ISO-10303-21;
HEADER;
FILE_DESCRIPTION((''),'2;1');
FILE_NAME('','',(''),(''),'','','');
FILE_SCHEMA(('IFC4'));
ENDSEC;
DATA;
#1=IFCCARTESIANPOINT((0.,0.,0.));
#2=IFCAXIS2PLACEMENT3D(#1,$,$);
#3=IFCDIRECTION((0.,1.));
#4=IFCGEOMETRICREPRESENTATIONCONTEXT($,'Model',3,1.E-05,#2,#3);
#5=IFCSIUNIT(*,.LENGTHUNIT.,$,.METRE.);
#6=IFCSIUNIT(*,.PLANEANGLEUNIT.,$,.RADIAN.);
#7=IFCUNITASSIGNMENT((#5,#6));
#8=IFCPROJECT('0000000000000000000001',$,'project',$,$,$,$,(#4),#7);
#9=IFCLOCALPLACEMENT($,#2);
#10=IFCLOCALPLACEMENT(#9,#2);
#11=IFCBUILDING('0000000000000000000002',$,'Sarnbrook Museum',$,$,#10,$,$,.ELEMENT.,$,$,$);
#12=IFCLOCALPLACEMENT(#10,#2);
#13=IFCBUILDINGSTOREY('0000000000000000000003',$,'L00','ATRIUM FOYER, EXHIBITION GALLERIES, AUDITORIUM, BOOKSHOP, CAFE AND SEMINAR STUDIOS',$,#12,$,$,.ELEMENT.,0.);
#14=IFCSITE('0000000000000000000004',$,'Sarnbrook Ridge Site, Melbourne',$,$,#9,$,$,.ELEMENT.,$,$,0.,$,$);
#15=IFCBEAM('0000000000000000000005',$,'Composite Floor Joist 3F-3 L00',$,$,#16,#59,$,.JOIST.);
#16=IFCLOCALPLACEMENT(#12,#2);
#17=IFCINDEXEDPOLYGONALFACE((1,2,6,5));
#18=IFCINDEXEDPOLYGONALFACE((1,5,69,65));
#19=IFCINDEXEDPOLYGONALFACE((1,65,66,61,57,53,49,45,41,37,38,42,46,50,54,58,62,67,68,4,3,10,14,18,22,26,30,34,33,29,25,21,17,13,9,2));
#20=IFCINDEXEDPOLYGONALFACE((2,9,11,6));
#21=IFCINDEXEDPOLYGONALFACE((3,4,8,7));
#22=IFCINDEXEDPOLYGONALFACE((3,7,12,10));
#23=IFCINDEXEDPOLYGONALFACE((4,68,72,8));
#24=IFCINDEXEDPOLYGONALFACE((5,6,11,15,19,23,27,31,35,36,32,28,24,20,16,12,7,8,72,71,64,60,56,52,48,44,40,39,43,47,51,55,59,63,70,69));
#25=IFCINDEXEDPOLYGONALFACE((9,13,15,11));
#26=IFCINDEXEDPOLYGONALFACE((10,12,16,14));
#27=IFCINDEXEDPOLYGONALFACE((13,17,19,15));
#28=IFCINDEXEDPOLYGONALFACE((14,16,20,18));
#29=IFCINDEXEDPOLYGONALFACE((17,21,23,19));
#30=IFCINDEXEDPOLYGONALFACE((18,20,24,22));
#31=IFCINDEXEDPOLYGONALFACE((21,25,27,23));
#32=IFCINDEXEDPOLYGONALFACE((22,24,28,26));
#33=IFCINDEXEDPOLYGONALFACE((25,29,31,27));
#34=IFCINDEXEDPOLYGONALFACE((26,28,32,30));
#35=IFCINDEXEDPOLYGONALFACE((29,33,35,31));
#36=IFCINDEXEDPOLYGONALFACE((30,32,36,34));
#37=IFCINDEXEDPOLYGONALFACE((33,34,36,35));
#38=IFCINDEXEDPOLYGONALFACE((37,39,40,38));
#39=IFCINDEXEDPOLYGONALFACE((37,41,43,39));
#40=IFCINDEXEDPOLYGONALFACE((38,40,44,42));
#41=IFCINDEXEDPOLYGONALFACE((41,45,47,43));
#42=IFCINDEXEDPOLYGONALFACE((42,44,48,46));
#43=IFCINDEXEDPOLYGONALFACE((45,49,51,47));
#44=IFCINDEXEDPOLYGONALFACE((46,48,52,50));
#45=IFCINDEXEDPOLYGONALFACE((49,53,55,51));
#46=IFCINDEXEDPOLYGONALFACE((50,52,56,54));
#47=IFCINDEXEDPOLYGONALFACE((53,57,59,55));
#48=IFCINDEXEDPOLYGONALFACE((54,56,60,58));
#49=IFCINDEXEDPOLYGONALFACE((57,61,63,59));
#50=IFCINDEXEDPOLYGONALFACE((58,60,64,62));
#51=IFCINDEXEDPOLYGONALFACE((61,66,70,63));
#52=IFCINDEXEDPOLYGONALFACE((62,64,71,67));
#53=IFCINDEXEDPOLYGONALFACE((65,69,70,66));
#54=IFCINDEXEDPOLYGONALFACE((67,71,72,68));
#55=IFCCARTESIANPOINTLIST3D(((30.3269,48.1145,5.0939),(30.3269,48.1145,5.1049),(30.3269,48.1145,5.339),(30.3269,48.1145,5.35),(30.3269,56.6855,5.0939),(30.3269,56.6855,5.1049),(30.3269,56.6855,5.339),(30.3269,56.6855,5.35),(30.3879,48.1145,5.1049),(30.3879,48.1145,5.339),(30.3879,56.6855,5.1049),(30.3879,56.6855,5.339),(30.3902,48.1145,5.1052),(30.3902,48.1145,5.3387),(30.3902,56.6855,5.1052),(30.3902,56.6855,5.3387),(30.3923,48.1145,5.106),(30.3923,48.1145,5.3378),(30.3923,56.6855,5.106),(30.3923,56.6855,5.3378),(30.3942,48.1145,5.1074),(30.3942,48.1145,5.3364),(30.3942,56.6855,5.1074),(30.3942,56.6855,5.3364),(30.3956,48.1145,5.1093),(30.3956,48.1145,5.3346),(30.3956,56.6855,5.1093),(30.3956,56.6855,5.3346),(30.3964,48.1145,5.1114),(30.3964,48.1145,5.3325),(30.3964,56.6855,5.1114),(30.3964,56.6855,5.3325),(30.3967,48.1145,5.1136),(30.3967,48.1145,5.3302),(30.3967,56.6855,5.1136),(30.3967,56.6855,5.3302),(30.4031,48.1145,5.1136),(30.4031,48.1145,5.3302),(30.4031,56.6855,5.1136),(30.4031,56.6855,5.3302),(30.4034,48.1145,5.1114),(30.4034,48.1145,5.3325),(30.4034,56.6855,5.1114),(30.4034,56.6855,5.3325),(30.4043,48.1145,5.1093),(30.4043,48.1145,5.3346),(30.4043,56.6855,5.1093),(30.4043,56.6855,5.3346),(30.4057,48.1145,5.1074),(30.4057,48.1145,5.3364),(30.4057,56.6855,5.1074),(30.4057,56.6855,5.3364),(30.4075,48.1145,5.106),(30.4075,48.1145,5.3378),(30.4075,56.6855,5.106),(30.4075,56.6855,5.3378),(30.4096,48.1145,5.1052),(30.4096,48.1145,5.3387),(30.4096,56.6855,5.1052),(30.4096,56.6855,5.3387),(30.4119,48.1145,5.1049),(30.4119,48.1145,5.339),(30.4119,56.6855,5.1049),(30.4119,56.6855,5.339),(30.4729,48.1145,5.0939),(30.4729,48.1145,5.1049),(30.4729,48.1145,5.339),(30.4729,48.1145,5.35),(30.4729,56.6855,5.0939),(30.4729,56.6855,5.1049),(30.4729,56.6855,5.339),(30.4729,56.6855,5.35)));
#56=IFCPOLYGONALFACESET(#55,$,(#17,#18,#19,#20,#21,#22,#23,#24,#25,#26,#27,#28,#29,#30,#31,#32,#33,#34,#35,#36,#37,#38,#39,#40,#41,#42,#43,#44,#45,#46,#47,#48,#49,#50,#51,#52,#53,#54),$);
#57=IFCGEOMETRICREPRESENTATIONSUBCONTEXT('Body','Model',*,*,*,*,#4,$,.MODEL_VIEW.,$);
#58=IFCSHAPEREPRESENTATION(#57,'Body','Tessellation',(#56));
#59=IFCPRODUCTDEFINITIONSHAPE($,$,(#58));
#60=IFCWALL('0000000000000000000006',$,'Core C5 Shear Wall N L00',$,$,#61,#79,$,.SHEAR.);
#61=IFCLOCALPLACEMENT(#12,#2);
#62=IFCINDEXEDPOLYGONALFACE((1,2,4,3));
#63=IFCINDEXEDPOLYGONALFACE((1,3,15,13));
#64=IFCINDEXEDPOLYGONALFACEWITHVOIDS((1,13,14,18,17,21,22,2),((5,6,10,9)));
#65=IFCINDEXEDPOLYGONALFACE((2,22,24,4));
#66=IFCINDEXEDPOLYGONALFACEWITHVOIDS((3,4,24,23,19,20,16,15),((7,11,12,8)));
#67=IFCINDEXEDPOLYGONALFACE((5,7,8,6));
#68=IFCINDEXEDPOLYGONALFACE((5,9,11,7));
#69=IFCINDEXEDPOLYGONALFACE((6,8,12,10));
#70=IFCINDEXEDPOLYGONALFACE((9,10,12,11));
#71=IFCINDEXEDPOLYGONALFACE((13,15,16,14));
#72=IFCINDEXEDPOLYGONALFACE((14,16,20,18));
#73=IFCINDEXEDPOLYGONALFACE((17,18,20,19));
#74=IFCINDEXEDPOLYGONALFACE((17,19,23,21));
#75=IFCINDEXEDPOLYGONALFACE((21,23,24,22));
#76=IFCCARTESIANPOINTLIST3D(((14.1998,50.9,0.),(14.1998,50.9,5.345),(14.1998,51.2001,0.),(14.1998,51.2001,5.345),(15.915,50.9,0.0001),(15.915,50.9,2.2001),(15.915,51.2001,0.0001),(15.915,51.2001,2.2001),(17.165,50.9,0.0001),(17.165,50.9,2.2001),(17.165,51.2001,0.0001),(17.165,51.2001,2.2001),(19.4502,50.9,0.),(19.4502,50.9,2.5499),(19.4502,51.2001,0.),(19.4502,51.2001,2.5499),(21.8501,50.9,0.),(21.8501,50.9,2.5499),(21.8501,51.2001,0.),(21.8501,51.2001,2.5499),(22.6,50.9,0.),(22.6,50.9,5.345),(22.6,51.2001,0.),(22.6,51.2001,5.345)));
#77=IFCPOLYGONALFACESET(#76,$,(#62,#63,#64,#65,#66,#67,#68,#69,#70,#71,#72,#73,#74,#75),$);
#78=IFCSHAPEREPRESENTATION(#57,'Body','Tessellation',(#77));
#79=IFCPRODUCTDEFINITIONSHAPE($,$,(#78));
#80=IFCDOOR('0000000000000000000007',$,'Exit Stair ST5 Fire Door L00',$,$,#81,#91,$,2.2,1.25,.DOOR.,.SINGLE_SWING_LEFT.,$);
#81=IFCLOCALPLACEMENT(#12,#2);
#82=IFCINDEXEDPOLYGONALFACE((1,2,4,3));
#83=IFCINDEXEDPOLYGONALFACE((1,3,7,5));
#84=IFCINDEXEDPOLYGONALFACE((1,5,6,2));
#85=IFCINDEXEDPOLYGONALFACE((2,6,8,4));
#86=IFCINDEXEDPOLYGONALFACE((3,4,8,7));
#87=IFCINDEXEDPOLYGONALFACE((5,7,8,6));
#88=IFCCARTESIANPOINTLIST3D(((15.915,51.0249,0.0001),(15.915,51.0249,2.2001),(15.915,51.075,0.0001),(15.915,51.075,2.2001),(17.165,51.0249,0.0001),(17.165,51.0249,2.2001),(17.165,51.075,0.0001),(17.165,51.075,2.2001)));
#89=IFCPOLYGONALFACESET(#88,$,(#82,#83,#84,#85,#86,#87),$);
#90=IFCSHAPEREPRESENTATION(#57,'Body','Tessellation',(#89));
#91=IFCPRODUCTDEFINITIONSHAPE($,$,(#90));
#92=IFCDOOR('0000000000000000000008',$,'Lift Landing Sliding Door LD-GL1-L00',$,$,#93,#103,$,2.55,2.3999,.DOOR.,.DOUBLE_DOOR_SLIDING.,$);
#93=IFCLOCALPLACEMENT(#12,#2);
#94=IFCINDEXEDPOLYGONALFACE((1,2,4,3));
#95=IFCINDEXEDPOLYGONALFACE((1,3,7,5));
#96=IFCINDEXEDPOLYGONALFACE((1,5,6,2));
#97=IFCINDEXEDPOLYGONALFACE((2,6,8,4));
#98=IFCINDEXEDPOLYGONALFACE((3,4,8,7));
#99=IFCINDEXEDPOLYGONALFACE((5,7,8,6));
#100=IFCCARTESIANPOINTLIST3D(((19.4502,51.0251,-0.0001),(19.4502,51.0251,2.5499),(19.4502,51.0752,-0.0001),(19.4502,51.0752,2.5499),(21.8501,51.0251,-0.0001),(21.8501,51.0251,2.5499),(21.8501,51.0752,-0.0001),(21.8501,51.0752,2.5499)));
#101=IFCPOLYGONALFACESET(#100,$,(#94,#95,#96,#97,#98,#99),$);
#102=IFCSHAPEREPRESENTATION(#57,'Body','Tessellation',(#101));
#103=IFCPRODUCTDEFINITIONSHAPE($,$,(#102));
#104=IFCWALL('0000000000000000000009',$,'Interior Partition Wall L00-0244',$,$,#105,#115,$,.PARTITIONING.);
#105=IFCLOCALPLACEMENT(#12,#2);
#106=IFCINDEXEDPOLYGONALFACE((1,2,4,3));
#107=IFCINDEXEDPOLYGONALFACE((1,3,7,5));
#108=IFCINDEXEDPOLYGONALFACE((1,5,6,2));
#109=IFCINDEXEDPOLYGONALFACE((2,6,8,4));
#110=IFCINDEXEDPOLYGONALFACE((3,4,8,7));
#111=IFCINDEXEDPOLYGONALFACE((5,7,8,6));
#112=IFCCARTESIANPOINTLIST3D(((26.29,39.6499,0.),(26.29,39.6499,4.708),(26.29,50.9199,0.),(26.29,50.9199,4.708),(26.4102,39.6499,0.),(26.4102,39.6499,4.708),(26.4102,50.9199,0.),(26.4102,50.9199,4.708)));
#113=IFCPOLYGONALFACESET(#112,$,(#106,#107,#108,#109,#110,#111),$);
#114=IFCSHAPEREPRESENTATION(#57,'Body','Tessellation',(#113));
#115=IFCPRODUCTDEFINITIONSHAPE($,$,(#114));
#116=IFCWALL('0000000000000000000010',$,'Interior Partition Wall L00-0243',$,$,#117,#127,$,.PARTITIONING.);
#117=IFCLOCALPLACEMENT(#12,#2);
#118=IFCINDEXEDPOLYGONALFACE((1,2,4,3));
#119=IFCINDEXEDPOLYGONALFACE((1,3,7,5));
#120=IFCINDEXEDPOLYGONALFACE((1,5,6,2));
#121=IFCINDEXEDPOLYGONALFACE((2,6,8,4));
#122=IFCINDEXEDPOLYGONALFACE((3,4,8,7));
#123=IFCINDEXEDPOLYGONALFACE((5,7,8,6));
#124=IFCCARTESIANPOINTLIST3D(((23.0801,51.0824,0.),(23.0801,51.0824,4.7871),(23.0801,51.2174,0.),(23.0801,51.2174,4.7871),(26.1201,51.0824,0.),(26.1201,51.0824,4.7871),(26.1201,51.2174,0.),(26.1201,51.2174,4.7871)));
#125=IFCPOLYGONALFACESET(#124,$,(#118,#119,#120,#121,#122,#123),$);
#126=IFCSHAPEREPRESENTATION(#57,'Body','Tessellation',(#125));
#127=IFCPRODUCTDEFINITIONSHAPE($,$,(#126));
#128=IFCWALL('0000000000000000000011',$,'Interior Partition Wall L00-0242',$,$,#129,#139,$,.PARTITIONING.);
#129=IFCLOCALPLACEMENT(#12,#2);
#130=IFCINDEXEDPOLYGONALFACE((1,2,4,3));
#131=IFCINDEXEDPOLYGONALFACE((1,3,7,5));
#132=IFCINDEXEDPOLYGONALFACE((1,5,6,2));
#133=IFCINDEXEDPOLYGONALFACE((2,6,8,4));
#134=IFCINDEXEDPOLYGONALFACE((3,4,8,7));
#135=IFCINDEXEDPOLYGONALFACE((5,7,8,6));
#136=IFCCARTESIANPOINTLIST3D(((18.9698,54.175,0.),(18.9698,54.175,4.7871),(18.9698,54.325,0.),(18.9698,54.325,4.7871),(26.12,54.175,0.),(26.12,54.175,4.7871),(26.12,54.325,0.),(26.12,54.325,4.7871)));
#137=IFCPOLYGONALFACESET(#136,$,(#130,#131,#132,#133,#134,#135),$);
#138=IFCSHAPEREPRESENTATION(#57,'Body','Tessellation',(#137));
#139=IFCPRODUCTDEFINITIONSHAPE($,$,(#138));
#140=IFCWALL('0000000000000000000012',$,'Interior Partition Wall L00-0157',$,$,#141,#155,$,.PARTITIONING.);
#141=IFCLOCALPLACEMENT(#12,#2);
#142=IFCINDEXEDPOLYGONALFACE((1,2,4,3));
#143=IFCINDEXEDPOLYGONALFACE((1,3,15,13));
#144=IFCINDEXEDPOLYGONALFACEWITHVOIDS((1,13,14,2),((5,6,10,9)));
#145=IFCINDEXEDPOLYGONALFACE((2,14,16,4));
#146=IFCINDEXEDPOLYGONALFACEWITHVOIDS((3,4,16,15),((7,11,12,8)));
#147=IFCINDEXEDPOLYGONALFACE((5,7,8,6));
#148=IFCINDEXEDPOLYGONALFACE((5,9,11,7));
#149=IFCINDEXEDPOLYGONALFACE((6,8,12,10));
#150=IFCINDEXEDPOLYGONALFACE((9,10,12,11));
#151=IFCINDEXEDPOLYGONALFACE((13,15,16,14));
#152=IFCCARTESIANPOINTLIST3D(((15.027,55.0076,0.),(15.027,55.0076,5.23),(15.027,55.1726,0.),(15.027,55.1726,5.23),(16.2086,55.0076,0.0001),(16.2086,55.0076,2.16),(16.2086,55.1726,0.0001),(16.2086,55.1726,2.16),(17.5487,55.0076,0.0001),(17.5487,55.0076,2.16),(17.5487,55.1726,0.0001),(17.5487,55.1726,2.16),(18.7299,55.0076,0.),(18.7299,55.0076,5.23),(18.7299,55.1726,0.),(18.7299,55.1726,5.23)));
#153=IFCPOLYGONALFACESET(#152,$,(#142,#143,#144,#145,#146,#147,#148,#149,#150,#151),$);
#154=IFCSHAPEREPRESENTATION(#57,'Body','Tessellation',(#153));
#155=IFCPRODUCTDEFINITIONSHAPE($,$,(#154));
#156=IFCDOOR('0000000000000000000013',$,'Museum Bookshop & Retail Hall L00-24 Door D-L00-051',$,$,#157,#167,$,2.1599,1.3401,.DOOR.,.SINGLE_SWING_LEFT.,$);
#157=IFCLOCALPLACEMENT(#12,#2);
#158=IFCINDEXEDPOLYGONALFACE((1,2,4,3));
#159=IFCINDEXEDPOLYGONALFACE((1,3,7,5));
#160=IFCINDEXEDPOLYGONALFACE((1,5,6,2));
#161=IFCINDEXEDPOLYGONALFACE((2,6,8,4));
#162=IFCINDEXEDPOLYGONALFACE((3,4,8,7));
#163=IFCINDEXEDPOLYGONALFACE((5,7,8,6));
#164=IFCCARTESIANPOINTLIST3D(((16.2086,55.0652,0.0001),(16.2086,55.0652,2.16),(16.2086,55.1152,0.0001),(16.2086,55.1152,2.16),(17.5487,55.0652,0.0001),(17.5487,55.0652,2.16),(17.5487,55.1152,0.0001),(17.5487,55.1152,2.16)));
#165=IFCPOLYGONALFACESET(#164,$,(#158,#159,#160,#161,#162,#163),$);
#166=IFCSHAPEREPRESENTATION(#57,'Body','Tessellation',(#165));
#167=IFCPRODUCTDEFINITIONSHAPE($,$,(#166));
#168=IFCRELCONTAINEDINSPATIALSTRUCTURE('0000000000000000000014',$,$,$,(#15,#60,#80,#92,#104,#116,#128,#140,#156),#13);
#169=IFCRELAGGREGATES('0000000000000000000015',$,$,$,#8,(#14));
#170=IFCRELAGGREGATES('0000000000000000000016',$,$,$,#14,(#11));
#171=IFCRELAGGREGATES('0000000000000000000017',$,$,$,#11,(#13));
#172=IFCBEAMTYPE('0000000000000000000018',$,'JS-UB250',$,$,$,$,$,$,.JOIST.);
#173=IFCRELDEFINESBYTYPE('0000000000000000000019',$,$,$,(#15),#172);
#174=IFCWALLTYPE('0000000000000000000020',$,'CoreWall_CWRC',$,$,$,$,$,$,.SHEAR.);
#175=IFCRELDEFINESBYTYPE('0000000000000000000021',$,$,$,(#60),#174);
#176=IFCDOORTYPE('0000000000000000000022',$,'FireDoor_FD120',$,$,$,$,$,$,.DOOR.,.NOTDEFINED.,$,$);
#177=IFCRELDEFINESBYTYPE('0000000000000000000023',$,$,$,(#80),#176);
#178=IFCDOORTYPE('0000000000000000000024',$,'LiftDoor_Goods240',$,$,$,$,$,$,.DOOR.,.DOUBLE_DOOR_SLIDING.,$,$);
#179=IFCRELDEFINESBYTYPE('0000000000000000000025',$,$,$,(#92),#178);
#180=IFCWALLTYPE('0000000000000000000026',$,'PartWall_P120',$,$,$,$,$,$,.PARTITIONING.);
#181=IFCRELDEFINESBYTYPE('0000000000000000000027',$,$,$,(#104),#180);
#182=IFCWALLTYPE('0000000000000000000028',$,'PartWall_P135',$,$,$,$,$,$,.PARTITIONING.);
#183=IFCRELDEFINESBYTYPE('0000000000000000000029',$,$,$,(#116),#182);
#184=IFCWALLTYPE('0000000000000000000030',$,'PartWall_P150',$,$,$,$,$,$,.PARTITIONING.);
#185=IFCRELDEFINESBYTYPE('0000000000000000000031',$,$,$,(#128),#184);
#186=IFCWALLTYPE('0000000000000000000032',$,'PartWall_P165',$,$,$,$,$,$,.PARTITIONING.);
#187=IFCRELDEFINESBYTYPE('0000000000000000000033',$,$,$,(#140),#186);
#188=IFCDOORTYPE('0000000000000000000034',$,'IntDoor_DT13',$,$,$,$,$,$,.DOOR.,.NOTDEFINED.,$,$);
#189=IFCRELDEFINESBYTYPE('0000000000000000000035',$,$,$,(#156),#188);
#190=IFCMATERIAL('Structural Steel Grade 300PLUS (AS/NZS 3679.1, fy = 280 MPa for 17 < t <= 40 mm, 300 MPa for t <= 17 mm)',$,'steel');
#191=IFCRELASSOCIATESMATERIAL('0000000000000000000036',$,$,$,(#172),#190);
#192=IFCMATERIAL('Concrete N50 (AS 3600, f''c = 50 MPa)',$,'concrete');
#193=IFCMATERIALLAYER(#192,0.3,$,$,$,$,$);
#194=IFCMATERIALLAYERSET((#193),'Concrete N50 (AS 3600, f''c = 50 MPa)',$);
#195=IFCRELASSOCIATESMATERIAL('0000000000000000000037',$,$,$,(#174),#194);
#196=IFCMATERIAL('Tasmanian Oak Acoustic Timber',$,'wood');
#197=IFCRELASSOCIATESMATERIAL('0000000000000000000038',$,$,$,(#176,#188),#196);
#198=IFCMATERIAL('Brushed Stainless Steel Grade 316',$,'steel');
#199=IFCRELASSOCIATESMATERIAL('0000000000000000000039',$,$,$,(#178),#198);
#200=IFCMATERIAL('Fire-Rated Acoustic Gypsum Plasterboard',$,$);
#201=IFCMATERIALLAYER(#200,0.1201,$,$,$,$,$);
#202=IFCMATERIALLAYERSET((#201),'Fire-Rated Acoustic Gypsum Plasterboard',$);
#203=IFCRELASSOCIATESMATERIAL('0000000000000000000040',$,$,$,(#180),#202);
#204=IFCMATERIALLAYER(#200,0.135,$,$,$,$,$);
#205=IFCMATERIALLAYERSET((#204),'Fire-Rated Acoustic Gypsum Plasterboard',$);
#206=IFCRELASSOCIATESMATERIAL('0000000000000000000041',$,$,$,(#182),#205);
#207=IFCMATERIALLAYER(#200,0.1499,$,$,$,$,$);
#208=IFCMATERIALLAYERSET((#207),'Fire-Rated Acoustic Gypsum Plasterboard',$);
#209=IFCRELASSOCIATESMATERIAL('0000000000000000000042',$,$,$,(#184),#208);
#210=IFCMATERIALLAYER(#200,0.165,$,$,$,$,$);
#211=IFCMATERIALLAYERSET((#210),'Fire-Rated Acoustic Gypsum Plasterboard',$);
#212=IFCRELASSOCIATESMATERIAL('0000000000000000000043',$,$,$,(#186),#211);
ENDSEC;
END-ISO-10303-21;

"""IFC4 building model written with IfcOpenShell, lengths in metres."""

from ifc_helpers import new_model, si_unit, direction, frame, frame_2d, origin, origin_2d, place, context, subcontext, project, spatial, rectangle, i_section, extrude, material, layer, layer_set, material_profile, profile_set, type_object, element, fill, save


model = new_model("IFC4")

# Units and contexts
model_context = context("Model", 3, precision=1e-05, world=origin(), true_north=direction((0.0, 1.0)))
body_context = subcontext(model_context, "Body", "Model", "MODEL_VIEW")
ifc_project = project(units=[si_unit("LENGTHUNIT", "METRE"), si_unit("PLANEANGLEUNIT", "RADIAN")], contexts=[model_context])

# Site, building, storey
site_placement = place(None, origin())
site = spatial("IfcSite", under=ifc_project, at=site_placement, Name="Sarnbrook Ridge Site, Melbourne", CompositionType="ELEMENT", RefElevation=0.0)
building_placement = place(site_placement, origin())
building = spatial("IfcBuilding", under=site, at=building_placement, Name="Sarnbrook Museum", CompositionType="ELEMENT")
storey_placement = place(building_placement, origin())
storey = spatial("IfcBuildingStorey", under=building, at=storey_placement, Name="L00", Description="ATRIUM FOYER, EXHIBITION GALLERIES, AUDITORIUM, BOOKSHOP, CAFE AND SEMINAR STUDIOS", CompositionType="ELEMENT", Elevation=0.0)

# Shared definitions
ifc_material_1 = material(Name="Structural Steel Grade 300PLUS (AS/NZS 3679.1, fy = 280 MPa for 17 < t <= 40 mm, 300 MPa for t <= 17 mm)", Category="steel")

# Beam
ifc_material_profile_1 = material_profile(ifc_material_1, i_section(OverallWidth=0.146, OverallDepth=0.2561, WebThickness=0.0063, FlangeThickness=0.011, FilletRadius=0.0088, at=origin_2d()), Name="250UB37.3")
ifc_profile_set_1 = profile_set([ifc_material_profile_1], Name="Structural Steel Grade 300PLUS (AS/NZS 3679.1, fy = 280 MPa for 17 < t <= 40 mm, 300 MPa for t <= 17 mm)")
beam_type_1 = type_object("IfcBeamType", Name="JS-UB250", PredefinedType="JOIST", material=ifc_profile_set_1)
for number, where, z_axis, x_axis, name in (
    (1, (30.3999, 48.1145, 5.2219), (0.0, 1.0, 0.0), (-1.0, 0.0, 0.0), "Composite Floor Joist 3F-3 L00"),
):
    element("IfcBeam", number, at=place(storey_placement, frame(where, z_axis=z_axis, x_axis=x_axis)), inside=storey, type_object=beam_type_1, Name=name, PredefinedType="JOIST", context=body_context, shape_type="SweptSolid", body=[
        extrude(i_section(OverallWidth=0.146, OverallDepth=0.2561, WebThickness=0.0063, FlangeThickness=0.011, FilletRadius=0.0088, at=origin_2d()), origin(), (0.0, 0.0, 1.0), 8.571),
    ])

# Wall, openings, doors
ifc_material_2 = material(Name="Concrete N50 (AS 3600, f'c = 50 MPa)", Category="concrete")
ifc_layer_1 = layer(ifc_material_2, 0.3)
ifc_layer_set_1 = layer_set([ifc_layer_1], Name="Concrete N50 (AS 3600, f'c = 50 MPa)")
wall_type_1 = type_object("IfcWallType", Name="CoreWall_CWRC", PredefinedType="SHEAR", material=ifc_layer_set_1)
wall_1_placement = place(storey_placement, frame((22.6001, 51.05, 0.0), z_axis=(0.0, 0.0, 1.0), x_axis=(-1.0, 0.0, 0.0)))
wall_1 = element("IfcWall", 2, at=wall_1_placement, inside=storey, type_object=wall_type_1, Name="Core C5 Shear Wall N L00", PredefinedType="SHEAR", context=body_context, shape_type="SweptSolid", body=[
    extrude(rectangle(XDim=8.4001, YDim=0.3, at=frame_2d((4.2002, 0.0))), origin(), (0.0, 0.0, 1.0), 5.345),
])
opening_1_placement = place(wall_1_placement, frame((5.4351, 0.0, 0.0)))
opening_1 = element("IfcOpeningElement", 3, at=opening_1_placement, cuts=wall_1, PredefinedType="OPENING", context=body_context, shape_type="SweptSolid", body=[
    extrude(rectangle(XDim=1.25, YDim=2.2, at=frame_2d((0.625, 1.1001))), frame((0.0, 0.1602, 0.0), z_axis=(0.0, -1.0, 0.0), x_axis=(1.0, 0.0, 0.0)), (0.0, 0.0, 1.0), 0.3201),
])
opening_2_placement = place(wall_1_placement, frame((0.75, 0.0, 0.0)))
opening_2 = element("IfcOpeningElement", 4, at=opening_2_placement, cuts=wall_1, PredefinedType="OPENING", context=body_context, shape_type="SweptSolid", body=[
    extrude(rectangle(XDim=2.3999, YDim=2.55, at=frame_2d((1.2, 1.2749))), frame((0.0, 0.1602, 0.0), z_axis=(0.0, -1.0, 0.0), x_axis=(1.0, 0.0, 0.0)), (0.0, 0.0, 1.0), 0.3201),
])
ifc_material_3 = material(Name="Tasmanian Oak Acoustic Timber", Category="wood")
door_type_1 = type_object("IfcDoorType", Name="FireDoor_FD120", OperationType="NOTDEFINED", PredefinedType="DOOR", material=ifc_material_3)
door_1_placement = place(opening_1_placement, frame((1.25, 0.0, 0.0), z_axis=(0.0, 0.0, 1.0), x_axis=(-1.0, 0.0, 0.0)))
door_1 = element("IfcDoor", 5, at=door_1_placement, inside=storey, type_object=door_type_1, Name="Exit Stair ST5 Fire Door L00", OperationType="SINGLE_SWING_LEFT", OverallHeight=2.2, OverallWidth=1.25, PredefinedType="DOOR", context=body_context, shape_type="SweptSolid", body=[
    extrude(rectangle(XDim=1.25, YDim=2.2, at=frame_2d((0.625, 1.1001))), frame((0.0, 0.0249, 0.0), z_axis=(0.0, -1.0, 0.0), x_axis=(1.0, 0.0, 0.0)), (0.0, 0.0, 1.0), 0.05),
])
fill(opening_1, door_1)
ifc_material_4 = material(Name="Brushed Stainless Steel Grade 316", Category="steel")
door_type_2 = type_object("IfcDoorType", Name="LiftDoor_Goods240", OperationType="DOUBLE_DOOR_SLIDING", PredefinedType="DOOR", material=ifc_material_4)
door_2_placement = place(opening_2_placement, origin())
door_2 = element("IfcDoor", 6, at=door_2_placement, inside=storey, type_object=door_type_2, Name="Lift Landing Sliding Door LD-GL1-L00", OperationType="DOUBLE_DOOR_SLIDING", OverallHeight=2.55, OverallWidth=2.3999, PredefinedType="DOOR", context=body_context, shape_type="SweptSolid", body=[
    extrude(rectangle(XDim=2.3999, YDim=2.55, at=frame_2d((1.2, 1.2749))), frame((0.0, 0.0249, 0.0), z_axis=(0.0, -1.0, 0.0), x_axis=(1.0, 0.0, 0.0)), (0.0, 0.0, 1.0), 0.05),
])
fill(opening_2, door_2)

# Walls
ifc_material_5 = material(Name="Fire-Rated Acoustic Gypsum Plasterboard")
ifc_layer_2 = layer(ifc_material_5, 0.1201)
ifc_layer_set_2 = layer_set([ifc_layer_2], Name="Fire-Rated Acoustic Gypsum Plasterboard")
wall_type_2 = type_object("IfcWallType", Name="PartWall_P120", PredefinedType="PARTITIONING", material=ifc_layer_set_2)
wall_2_placement = place(storey_placement, frame((26.3501, 50.9199, 0.0), z_axis=(0.0, 0.0, 1.0), x_axis=(0.0, -1.0, 0.0)))
element("IfcWall", 7, at=wall_2_placement, inside=storey, type_object=wall_type_2, Name="Interior Partition Wall L00-0244", PredefinedType="PARTITIONING", context=body_context, shape_type="SweptSolid", body=[
    extrude(rectangle(XDim=11.27, YDim=0.1201, at=frame_2d((5.635, 0.0))), origin(), (0.0, 0.0, 1.0), 4.708),
])
ifc_layer_3 = layer(ifc_material_5, 0.135)
ifc_layer_set_3 = layer_set([ifc_layer_3], Name="Fire-Rated Acoustic Gypsum Plasterboard")
wall_type_3 = type_object("IfcWallType", Name="PartWall_P135", PredefinedType="PARTITIONING", material=ifc_layer_set_3)
wall_3_placement = place(storey_placement, frame((23.0801, 51.1499, 0.0), z_axis=(0.0, 0.0, 1.0), x_axis=(1.0, 0.0, 0.0)))
element("IfcWall", 8, at=wall_3_placement, inside=storey, type_object=wall_type_3, Name="Interior Partition Wall L00-0243", PredefinedType="PARTITIONING", context=body_context, shape_type="SweptSolid", body=[
    extrude(rectangle(XDim=3.04, YDim=0.135, at=frame_2d((1.52, 0.0))), origin(), (0.0, 0.0, 1.0), 4.7871),
])
ifc_layer_4 = layer(ifc_material_5, 0.1499)
ifc_layer_set_4 = layer_set([ifc_layer_4], Name="Fire-Rated Acoustic Gypsum Plasterboard")
wall_type_4 = type_object("IfcWallType", Name="PartWall_P150", PredefinedType="PARTITIONING", material=ifc_layer_set_4)
wall_4_placement = place(storey_placement, frame((26.1201, 54.25, 0.0), z_axis=(0.0, 0.0, 1.0), x_axis=(-1.0, 0.0, 0.0)))
element("IfcWall", 9, at=wall_4_placement, inside=storey, type_object=wall_type_4, Name="Interior Partition Wall L00-0242", PredefinedType="PARTITIONING", context=body_context, shape_type="SweptSolid", body=[
    extrude(rectangle(XDim=7.1501, YDim=0.1499, at=frame_2d((3.5752, 0.0))), origin(), (0.0, 0.0, 1.0), 4.7871),
])

# Wall, opening, door
ifc_layer_5 = layer(ifc_material_5, 0.165)
ifc_layer_set_5 = layer_set([ifc_layer_5], Name="Fire-Rated Acoustic Gypsum Plasterboard")
wall_type_5 = type_object("IfcWallType", Name="PartWall_P165", PredefinedType="PARTITIONING", material=ifc_layer_set_5)
wall_5_placement = place(storey_placement, frame((18.73, 55.0901, 0.0), z_axis=(0.0, 0.0, 1.0), x_axis=(-1.0, 0.0, 0.0)))
wall_5 = element("IfcWall", 10, at=wall_5_placement, inside=storey, type_object=wall_type_5, Name="Interior Partition Wall L00-0157", PredefinedType="PARTITIONING", context=body_context, shape_type="SweptSolid", body=[
    extrude(rectangle(XDim=3.7029, YDim=0.165, at=frame_2d((1.8516, 0.0))), origin(), (0.0, 0.0, 1.0), 5.23),
])
opening_3_placement = place(wall_5_placement, frame((1.1814, 0.0, 0.0)))
opening_3 = element("IfcOpeningElement", 11, at=opening_3_placement, cuts=wall_5, PredefinedType="OPENING", context=body_context, shape_type="SweptSolid", body=[
    extrude(rectangle(XDim=1.3401, YDim=2.1599, at=frame_2d((0.6699, 1.0801))), frame((0.0, 0.0925, 0.0), z_axis=(0.0, -1.0, 0.0), x_axis=(1.0, 0.0, 0.0)), (0.0, 0.0, 1.0), 0.1851),
])
door_type_3 = type_object("IfcDoorType", Name="IntDoor_DT13", OperationType="NOTDEFINED", PredefinedType="DOOR", material=ifc_material_3)
door_3_placement = place(opening_3_placement, origin())
door_3 = element("IfcDoor", 12, at=door_3_placement, inside=storey, type_object=door_type_3, Name="Museum Bookshop & Retail Hall L00-24 Door D-L00-051", OperationType="SINGLE_SWING_LEFT", OverallHeight=2.1599, OverallWidth=1.3401, PredefinedType="DOOR", context=body_context, shape_type="SweptSolid", body=[
    extrude(rectangle(XDim=1.3401, YDim=2.1599, at=frame_2d((0.6699, 1.0801))), frame((0.0, 0.0249, 0.0), z_axis=(0.0, -1.0, 0.0), x_axis=(1.0, 0.0, 0.0)), (0.0, 0.0, 1.0), 0.05),
])
fill(opening_3, door_3)

save(model, "model.ifc")
